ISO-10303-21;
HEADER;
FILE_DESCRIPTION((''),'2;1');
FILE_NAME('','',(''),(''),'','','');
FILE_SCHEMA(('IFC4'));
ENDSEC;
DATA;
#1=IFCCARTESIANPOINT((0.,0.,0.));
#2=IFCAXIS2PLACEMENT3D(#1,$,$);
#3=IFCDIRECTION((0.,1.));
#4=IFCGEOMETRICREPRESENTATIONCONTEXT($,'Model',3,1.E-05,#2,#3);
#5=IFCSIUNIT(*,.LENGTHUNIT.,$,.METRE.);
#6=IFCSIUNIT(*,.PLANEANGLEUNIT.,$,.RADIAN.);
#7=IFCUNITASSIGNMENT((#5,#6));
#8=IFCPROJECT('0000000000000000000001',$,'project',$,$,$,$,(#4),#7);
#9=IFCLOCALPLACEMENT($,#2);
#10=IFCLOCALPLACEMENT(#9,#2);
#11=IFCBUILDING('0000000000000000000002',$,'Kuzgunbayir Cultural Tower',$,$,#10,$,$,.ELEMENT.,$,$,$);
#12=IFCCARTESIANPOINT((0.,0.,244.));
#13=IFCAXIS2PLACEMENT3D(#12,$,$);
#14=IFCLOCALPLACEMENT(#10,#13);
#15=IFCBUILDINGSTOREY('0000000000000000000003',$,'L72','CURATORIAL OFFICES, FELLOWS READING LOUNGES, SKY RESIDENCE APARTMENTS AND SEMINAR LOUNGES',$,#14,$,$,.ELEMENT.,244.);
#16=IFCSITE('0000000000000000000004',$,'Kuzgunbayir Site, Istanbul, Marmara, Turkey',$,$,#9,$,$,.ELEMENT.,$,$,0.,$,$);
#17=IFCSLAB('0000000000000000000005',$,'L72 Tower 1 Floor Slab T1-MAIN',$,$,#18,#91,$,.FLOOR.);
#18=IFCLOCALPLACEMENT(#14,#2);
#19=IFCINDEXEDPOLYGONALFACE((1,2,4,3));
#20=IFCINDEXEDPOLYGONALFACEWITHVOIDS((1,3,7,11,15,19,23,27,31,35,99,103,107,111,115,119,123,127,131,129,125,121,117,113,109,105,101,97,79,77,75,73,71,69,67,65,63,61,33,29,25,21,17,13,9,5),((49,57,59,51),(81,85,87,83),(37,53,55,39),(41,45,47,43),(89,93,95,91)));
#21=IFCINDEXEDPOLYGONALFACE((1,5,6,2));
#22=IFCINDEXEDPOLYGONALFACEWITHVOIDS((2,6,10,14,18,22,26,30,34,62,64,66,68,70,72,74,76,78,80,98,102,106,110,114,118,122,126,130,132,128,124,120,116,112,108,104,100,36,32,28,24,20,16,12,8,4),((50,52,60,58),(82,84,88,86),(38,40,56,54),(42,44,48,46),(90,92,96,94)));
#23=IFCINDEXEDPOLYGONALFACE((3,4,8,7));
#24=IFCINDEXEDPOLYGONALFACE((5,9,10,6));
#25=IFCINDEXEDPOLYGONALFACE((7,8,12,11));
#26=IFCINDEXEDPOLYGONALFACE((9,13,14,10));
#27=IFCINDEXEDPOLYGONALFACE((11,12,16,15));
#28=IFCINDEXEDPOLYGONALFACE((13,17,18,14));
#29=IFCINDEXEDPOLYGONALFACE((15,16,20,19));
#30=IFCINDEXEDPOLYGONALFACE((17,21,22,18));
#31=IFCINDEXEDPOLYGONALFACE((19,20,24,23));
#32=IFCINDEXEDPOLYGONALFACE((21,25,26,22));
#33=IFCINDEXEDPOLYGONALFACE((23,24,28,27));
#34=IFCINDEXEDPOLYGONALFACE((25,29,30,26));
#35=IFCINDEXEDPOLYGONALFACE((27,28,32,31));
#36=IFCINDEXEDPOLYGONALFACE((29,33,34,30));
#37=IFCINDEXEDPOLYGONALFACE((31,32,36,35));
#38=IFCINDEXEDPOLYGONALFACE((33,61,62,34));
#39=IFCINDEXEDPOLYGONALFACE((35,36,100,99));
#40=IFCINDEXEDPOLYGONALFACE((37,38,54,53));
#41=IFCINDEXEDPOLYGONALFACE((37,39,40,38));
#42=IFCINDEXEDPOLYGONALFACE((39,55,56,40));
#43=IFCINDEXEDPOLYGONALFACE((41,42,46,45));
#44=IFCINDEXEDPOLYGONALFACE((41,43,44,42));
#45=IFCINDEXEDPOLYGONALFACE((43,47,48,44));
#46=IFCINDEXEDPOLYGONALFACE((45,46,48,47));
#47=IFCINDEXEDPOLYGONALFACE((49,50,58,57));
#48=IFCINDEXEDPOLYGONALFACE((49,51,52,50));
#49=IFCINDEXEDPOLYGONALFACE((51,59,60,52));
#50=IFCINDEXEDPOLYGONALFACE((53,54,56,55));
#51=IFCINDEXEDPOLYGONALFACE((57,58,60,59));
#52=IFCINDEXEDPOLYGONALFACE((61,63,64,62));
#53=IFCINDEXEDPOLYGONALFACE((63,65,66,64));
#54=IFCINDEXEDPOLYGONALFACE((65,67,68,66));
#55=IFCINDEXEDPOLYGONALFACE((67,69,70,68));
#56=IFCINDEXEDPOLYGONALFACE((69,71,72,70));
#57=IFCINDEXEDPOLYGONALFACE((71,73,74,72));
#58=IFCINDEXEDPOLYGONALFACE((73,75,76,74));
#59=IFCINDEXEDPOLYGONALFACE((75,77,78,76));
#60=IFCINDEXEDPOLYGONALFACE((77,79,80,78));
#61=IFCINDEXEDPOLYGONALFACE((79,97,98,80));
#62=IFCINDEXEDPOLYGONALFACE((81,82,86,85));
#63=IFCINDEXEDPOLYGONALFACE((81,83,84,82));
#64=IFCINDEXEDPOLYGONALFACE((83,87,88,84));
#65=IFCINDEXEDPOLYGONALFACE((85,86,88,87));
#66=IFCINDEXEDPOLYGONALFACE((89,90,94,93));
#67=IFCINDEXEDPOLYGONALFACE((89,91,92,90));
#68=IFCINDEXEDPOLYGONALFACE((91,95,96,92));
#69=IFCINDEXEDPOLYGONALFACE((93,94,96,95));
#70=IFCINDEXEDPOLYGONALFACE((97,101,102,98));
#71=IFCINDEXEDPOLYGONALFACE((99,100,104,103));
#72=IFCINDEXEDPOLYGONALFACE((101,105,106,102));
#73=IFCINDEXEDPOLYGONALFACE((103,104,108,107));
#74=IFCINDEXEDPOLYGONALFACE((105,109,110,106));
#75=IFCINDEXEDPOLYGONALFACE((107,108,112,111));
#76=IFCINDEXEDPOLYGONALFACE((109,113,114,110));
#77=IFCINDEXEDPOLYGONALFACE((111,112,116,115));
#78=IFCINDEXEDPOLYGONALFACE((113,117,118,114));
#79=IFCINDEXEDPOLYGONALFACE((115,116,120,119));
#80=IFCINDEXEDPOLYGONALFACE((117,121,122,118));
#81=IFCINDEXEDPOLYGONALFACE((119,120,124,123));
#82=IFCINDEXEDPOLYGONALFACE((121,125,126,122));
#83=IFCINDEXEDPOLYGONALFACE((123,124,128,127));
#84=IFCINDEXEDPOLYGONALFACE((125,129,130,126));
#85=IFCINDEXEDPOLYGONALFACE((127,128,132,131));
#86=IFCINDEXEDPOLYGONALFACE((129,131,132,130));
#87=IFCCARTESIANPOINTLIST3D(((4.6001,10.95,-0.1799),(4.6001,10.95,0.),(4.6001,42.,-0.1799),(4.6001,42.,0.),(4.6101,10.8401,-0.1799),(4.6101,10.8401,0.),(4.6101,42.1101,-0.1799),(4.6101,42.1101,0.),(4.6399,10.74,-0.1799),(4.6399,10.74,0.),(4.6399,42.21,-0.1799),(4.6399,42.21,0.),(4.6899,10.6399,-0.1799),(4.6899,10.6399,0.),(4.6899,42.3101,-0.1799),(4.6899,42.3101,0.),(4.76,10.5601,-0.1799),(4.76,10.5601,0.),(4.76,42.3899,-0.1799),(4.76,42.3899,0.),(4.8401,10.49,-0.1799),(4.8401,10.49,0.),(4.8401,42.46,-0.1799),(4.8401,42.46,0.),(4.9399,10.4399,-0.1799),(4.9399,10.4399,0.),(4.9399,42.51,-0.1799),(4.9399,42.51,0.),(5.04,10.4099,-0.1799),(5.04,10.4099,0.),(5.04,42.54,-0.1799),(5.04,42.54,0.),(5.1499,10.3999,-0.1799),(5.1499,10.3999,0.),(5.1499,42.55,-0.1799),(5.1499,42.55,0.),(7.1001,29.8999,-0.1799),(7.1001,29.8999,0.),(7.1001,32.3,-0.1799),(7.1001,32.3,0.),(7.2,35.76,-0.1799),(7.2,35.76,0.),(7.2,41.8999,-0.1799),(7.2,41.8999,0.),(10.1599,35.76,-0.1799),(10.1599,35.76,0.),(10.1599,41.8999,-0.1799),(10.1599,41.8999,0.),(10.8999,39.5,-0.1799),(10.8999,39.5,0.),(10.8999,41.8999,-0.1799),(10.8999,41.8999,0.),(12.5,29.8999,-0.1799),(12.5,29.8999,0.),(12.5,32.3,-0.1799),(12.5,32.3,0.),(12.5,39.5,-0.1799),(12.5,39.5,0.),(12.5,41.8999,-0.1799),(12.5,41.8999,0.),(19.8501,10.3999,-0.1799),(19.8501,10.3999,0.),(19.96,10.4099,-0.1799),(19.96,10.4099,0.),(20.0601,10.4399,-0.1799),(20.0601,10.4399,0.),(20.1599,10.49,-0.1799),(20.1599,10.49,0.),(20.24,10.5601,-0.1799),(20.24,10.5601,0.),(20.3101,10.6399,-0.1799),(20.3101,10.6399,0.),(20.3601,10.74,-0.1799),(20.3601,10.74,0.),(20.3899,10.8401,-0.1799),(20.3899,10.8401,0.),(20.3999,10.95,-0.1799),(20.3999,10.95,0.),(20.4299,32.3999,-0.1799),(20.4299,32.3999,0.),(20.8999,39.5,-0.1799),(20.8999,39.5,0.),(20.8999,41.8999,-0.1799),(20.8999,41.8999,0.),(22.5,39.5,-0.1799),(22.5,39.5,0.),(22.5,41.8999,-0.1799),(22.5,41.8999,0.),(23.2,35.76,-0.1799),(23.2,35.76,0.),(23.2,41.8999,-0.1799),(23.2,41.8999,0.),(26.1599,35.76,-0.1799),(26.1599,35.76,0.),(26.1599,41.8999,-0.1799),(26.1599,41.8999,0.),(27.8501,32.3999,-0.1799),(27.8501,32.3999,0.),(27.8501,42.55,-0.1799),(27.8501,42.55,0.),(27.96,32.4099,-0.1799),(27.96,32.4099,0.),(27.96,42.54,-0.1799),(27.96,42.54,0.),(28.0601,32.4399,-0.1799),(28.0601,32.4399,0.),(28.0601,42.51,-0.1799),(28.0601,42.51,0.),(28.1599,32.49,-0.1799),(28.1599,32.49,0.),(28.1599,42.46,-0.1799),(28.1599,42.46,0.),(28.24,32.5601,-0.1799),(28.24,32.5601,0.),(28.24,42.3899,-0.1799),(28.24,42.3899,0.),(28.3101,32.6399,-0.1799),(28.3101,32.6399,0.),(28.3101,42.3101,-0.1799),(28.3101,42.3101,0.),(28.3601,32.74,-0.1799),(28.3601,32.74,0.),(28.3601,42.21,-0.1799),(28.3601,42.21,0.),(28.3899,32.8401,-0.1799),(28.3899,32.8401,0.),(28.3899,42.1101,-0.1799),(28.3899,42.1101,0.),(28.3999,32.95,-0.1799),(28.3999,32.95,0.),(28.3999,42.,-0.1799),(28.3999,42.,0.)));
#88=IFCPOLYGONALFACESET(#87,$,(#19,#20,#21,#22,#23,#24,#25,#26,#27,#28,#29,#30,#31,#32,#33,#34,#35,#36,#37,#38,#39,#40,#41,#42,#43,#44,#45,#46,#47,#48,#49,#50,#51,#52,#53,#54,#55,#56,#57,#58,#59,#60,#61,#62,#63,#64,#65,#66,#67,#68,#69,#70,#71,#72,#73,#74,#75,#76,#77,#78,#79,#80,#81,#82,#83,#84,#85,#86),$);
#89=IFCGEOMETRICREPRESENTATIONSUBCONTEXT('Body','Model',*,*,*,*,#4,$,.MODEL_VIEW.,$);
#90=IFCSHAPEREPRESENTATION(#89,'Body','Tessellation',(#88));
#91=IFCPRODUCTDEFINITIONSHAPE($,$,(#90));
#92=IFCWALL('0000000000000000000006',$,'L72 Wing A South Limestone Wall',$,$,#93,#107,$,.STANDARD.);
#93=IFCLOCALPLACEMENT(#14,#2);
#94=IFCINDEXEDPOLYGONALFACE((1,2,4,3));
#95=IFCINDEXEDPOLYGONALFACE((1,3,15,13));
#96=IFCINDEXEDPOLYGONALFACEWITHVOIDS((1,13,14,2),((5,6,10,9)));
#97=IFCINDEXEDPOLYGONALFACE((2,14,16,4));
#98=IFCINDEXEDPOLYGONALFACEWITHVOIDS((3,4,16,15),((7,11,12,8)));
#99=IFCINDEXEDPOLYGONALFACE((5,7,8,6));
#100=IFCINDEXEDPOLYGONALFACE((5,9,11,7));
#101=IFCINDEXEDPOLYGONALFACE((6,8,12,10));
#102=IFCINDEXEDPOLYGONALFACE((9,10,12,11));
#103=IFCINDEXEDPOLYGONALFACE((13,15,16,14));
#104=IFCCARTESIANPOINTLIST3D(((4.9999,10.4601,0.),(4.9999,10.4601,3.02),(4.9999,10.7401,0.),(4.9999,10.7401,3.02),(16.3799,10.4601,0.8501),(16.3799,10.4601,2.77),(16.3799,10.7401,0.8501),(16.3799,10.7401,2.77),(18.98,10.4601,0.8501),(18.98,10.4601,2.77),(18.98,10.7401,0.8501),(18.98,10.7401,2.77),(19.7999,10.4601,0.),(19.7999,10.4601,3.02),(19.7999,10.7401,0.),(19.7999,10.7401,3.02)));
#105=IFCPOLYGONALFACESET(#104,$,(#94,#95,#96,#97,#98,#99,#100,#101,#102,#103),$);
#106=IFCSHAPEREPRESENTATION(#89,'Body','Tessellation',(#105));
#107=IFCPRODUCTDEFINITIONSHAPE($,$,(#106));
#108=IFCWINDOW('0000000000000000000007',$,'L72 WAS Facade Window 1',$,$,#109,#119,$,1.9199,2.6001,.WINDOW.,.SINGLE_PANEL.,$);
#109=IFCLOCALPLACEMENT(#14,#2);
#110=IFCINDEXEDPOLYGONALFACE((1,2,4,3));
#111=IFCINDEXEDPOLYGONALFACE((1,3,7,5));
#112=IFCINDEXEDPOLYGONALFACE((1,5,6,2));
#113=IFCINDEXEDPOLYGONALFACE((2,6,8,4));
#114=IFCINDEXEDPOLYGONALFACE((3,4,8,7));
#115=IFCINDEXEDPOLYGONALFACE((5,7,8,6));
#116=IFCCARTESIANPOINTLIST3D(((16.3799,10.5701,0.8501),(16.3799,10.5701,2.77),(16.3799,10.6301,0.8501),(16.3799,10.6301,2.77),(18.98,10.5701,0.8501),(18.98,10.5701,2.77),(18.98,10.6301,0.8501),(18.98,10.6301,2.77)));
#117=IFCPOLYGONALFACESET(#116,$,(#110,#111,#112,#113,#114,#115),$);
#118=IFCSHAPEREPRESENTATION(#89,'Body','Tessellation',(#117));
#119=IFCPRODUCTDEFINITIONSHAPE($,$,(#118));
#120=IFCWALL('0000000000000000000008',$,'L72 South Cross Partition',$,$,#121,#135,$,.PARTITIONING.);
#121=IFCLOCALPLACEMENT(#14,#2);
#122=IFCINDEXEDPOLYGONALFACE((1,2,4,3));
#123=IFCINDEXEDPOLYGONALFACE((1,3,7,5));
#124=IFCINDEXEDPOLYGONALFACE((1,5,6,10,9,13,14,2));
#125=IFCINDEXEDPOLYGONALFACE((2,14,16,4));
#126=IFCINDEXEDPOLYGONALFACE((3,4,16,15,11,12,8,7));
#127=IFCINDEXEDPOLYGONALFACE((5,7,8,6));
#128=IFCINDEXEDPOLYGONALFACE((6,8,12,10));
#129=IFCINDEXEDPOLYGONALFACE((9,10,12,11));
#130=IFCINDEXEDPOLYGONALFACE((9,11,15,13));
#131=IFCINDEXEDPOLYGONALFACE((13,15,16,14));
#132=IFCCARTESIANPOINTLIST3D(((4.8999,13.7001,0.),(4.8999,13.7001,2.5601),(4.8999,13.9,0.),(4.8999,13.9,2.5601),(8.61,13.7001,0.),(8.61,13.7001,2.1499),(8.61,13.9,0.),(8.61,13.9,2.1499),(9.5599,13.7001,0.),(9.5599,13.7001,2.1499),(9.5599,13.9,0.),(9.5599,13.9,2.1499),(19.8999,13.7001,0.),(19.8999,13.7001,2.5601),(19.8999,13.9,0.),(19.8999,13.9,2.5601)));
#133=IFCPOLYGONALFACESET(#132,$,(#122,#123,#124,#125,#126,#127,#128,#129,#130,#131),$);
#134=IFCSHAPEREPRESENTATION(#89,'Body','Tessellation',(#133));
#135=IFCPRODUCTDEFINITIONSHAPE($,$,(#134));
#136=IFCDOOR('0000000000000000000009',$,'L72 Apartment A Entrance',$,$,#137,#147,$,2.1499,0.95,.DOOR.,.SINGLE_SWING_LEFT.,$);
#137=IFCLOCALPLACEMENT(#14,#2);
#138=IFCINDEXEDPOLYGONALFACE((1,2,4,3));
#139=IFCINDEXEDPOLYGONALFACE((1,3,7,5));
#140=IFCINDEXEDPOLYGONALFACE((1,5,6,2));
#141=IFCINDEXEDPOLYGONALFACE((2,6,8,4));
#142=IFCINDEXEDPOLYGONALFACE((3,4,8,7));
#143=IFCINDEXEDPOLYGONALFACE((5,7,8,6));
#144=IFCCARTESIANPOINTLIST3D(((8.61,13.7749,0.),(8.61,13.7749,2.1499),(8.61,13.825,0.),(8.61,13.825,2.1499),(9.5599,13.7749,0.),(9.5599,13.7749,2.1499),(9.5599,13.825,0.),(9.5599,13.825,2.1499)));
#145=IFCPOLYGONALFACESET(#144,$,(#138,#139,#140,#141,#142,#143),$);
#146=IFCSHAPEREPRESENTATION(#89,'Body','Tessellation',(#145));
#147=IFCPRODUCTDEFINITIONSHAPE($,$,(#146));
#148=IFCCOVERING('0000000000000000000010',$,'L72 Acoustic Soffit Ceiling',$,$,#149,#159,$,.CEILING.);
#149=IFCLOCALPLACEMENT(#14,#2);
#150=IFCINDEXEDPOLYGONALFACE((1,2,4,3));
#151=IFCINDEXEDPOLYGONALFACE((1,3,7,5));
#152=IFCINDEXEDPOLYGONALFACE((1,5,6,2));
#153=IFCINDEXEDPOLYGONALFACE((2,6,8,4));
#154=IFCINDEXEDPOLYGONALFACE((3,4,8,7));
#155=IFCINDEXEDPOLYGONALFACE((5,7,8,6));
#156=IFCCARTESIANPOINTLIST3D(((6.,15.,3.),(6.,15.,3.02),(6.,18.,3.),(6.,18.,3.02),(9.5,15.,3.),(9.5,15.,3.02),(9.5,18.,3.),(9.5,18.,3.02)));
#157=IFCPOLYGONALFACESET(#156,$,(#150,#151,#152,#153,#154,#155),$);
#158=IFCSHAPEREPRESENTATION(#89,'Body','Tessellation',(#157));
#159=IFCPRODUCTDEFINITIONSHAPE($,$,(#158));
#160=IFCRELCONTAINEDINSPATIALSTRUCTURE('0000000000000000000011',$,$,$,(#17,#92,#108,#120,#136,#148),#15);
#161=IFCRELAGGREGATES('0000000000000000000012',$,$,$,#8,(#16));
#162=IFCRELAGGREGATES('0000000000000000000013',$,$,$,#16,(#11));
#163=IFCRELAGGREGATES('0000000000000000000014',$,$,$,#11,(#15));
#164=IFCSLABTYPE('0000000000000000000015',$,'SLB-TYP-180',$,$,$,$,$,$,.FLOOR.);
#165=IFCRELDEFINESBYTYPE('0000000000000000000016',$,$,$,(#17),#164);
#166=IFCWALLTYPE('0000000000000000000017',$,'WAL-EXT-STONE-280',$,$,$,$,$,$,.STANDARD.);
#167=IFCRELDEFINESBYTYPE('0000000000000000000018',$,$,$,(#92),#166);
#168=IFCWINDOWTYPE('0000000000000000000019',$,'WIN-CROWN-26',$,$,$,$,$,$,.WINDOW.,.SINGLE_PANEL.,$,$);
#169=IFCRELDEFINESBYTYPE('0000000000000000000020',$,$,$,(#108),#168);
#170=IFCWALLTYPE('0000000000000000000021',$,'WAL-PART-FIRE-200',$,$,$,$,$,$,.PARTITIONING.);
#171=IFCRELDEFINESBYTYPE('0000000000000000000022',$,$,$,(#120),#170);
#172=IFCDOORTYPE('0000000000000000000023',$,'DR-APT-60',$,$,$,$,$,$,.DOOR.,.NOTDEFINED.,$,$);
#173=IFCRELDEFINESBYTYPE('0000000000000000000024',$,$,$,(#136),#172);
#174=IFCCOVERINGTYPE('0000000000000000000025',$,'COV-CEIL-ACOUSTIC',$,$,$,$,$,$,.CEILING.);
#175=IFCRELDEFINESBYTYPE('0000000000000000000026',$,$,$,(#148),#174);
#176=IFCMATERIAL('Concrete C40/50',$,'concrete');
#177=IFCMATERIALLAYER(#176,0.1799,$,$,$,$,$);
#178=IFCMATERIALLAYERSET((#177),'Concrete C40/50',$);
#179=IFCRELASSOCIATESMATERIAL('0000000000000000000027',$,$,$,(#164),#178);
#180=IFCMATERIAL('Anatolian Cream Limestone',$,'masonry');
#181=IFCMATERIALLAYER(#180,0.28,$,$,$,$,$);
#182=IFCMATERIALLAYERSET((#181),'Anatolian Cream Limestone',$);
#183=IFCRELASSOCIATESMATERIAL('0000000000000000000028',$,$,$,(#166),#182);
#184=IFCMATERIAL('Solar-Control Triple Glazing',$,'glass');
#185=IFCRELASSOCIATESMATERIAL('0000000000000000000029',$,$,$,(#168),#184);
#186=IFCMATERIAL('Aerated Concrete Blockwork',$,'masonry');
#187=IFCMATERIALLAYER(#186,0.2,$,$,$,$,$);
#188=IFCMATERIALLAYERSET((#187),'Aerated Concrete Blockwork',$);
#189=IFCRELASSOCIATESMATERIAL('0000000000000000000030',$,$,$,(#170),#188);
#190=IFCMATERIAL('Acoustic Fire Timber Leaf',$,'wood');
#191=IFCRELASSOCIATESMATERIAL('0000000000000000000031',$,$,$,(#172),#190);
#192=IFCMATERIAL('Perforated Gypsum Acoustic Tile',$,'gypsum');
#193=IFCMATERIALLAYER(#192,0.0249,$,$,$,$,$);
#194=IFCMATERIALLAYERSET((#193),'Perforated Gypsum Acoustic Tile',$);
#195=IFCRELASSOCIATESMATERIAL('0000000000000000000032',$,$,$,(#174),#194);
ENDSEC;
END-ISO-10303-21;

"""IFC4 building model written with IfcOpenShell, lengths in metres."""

from ifc_helpers import new_model, si_unit, direction, frame, frame_2d, origin, place, context, subcontext, project, spatial, polyline, rectangle, outline, extrude, material, layer, layer_set, type_object, element, fill, save


model = new_model("IFC4")

# Units and contexts
model_context = context("Model", 3, precision=1e-05, world=origin(), true_north=direction((0.0, 1.0)))
body_context = subcontext(model_context, "Body", "Model", "MODEL_VIEW")
ifc_project = project(units=[si_unit("LENGTHUNIT", "METRE"), si_unit("PLANEANGLEUNIT", "RADIAN")], contexts=[model_context])

# Site, building, storey
site_placement = place(None, origin())
site = spatial("IfcSite", under=ifc_project, at=site_placement, Name="Kuzgunbayir Site, Istanbul, Marmara, Turkey", CompositionType="ELEMENT", RefElevation=0.0)
building_placement = place(site_placement, origin())
building = spatial("IfcBuilding", under=site, at=building_placement, Name="Kuzgunbayir Cultural Tower", CompositionType="ELEMENT")
storey_placement = place(building_placement, frame((0.0, 0.0, 244.0)))
storey = spatial("IfcBuildingStorey", under=building, at=storey_placement, Name="L72", Description="CURATORIAL OFFICES, FELLOWS READING LOUNGES, SKY RESIDENCE APARTMENTS AND SEMINAR LOUNGES", CompositionType="ELEMENT", Elevation=244.0)

# Shared definitions
ifc_material_1 = material(Name="Concrete C40/50", Category="concrete")

# Slab
ifc_layer_1 = layer(ifc_material_1, 0.1799)
ifc_layer_set_1 = layer_set([ifc_layer_1], Name="Concrete C40/50")
slab_type_1 = type_object("IfcSlabType", Name="SLB-TYP-180", PredefinedType="FLOOR", material=ifc_layer_set_1)
slab_1_placement = place(storey_placement, frame((0.0, 0.0, -0.1799)))
element("IfcSlab", 1, at=slab_1_placement, inside=storey, type_object=slab_type_1, Name="L72 Tower 1 Floor Slab T1-MAIN", PredefinedType="FLOOR", context=body_context, shape_type="SweptSolid", body=[
    extrude(outline(polyline([(20.3999, 10.95), (20.3899, 10.8401), (20.3601, 10.74), (20.3101, 10.6399), (20.24, 10.5601), (20.1599, 10.49), (20.0601, 10.4399), (19.96, 10.4099), (19.8501, 10.3999), (5.1499, 10.3999), (5.04, 10.4099), (4.9399, 10.4399), (4.8401, 10.49), (4.76, 10.5601), (4.6899, 10.6399), (4.6399, 10.74), (4.6101, 10.8401), (4.6001, 10.95), (4.6001, 42.0), (4.6101, 42.1101), (4.6399, 42.21), (4.6899, 42.3101), (4.76, 42.3899), (4.8401, 42.46), (4.9399, 42.51), (5.04, 42.54), (5.1499, 42.55), (27.8501, 42.55), (27.96, 42.54), (28.0601, 42.51), (28.1599, 42.46), (28.24, 42.3899), (28.3101, 42.3101), (28.3601, 42.21), (28.3899, 42.1101), (28.3999, 42.0), (28.3999, 32.95), (28.3899, 32.8401), (28.3601, 32.74), (28.3101, 32.6399), (28.24, 32.5601), (28.1599, 32.49), (28.0601, 32.4399), (27.96, 32.4099), (27.8501, 32.3999), (20.4299, 32.3999), (20.3999, 10.95)]), holes=[polyline([(7.2, 35.76), (7.2, 41.8999), (10.1599, 41.8999), (10.1599, 35.76), (7.2, 35.76)]), polyline([(23.2, 35.76), (23.2, 41.8999), (26.1599, 41.8999), (26.1599, 35.76), (23.2, 35.76)]), polyline([(7.1001, 29.8999), (7.1001, 32.3), (12.5, 32.3), (12.5, 29.8999), (7.1001, 29.8999)]), polyline([(10.8999, 39.5), (10.8999, 41.8999), (12.5, 41.8999), (12.5, 39.5), (10.8999, 39.5)]), polyline([(20.8999, 39.5), (20.8999, 41.8999), (22.5, 41.8999), (22.5, 39.5), (20.8999, 39.5)])]), origin(), (0.0, 0.0, 1.0), 0.1799),
])

# Wall, opening, window
ifc_material_2 = material(Name="Anatolian Cream Limestone", Category="masonry")
ifc_layer_2 = layer(ifc_material_2, 0.28)
ifc_layer_set_2 = layer_set([ifc_layer_2], Name="Anatolian Cream Limestone")
wall_type_1 = type_object("IfcWallType", Name="WAL-EXT-STONE-280", PredefinedType="STANDARD", material=ifc_layer_set_2)
wall_1_placement = place(storey_placement, frame((5.0, 10.6001, 0.0), z_axis=(0.0, 0.0, 1.0), x_axis=(1.0, 0.0, 0.0)))
wall_1 = element("IfcWall", 2, at=wall_1_placement, inside=storey, type_object=wall_type_1, Name="L72 Wing A South Limestone Wall", PredefinedType="STANDARD", context=body_context, shape_type="SweptSolid", body=[
    extrude(rectangle(XDim=14.8, YDim=0.28, at=frame_2d((7.3999, 0.0))), origin(), (0.0, 0.0, 1.0), 3.02),
])
opening_1_placement = place(wall_1_placement, frame((11.3799, 0.0, 0.8501)))
opening_1 = element("IfcOpeningElement", 3, at=opening_1_placement, cuts=wall_1, PredefinedType="OPENING", context=body_context, shape_type="SweptSolid", body=[
    extrude(rectangle(XDim=2.6001, YDim=1.9199, at=frame_2d((1.3, 0.96))), frame((0.0, 0.1499, 0.0), z_axis=(0.0, -1.0, 0.0), x_axis=(1.0, 0.0, 0.0)), (0.0, 0.0, 1.0), 0.3),
])
ifc_material_3 = material(Name="Solar-Control Triple Glazing", Category="glass")
window_type = type_object("IfcWindowType", Name="WIN-CROWN-26", PartitioningType="SINGLE_PANEL", PredefinedType="WINDOW", material=ifc_material_3)
window_placement = place(opening_1_placement, origin())
window = element("IfcWindow", 4, at=window_placement, inside=storey, type_object=window_type, Name="L72 WAS Facade Window 1", OverallHeight=1.9199, OverallWidth=2.6001, PartitioningType="SINGLE_PANEL", PredefinedType="WINDOW", context=body_context, shape_type="SweptSolid", body=[
    extrude(rectangle(XDim=2.6001, YDim=1.9199, at=frame_2d((1.3, 0.96))), frame((0.0, 0.03, 0.0), z_axis=(0.0, -1.0, 0.0), x_axis=(1.0, 0.0, 0.0)), (0.0, 0.0, 1.0), 0.0601),
])
fill(opening_1, window)

# Wall, opening, door
ifc_material_4 = material(Name="Aerated Concrete Blockwork", Category="masonry")
ifc_layer_3 = layer(ifc_material_4, 0.2)
ifc_layer_set_3 = layer_set([ifc_layer_3], Name="Aerated Concrete Blockwork")
wall_type_2 = type_object("IfcWallType", Name="WAL-PART-FIRE-200", PredefinedType="PARTITIONING", material=ifc_layer_set_3)
wall_2_placement = place(storey_placement, frame((4.8999, 13.8, 0.0), z_axis=(0.0, 0.0, 1.0), x_axis=(1.0, 0.0, 0.0)))
wall_2 = element("IfcWall", 5, at=wall_2_placement, inside=storey, type_object=wall_type_2, Name="L72 South Cross Partition", PredefinedType="PARTITIONING", context=body_context, shape_type="SweptSolid", body=[
    extrude(rectangle(XDim=15.0, YDim=0.2, at=frame_2d((7.5, 0.0))), origin(), (0.0, 0.0, 1.0), 2.5601),
])
opening_2_placement = place(wall_2_placement, frame((3.71, 0.0, 0.0)))
opening_2 = element("IfcOpeningElement", 6, at=opening_2_placement, cuts=wall_2, PredefinedType="OPENING", context=body_context, shape_type="SweptSolid", body=[
    extrude(rectangle(XDim=0.95, YDim=2.1499, at=frame_2d((0.4751, 1.075))), frame((0.0, 0.1099, 0.0), z_axis=(0.0, -1.0, 0.0), x_axis=(1.0, 0.0, 0.0)), (0.0, 0.0, 1.0), 0.22),
])
ifc_material_5 = material(Name="Acoustic Fire Timber Leaf", Category="wood")
door_type = type_object("IfcDoorType", Name="DR-APT-60", OperationType="NOTDEFINED", PredefinedType="DOOR", material=ifc_material_5)
door_placement = place(opening_2_placement, origin())
door = element("IfcDoor", 7, at=door_placement, inside=storey, type_object=door_type, Name="L72 Apartment A Entrance", OperationType="SINGLE_SWING_LEFT", OverallHeight=2.1499, OverallWidth=0.95, PredefinedType="DOOR", context=body_context, shape_type="SweptSolid", body=[
    extrude(rectangle(XDim=0.95, YDim=2.1499, at=frame_2d((0.4751, 1.075))), frame((0.0, 0.0249, 0.0), z_axis=(0.0, -1.0, 0.0), x_axis=(1.0, 0.0, 0.0)), (0.0, 0.0, 1.0), 0.05),
])
fill(opening_2, door)

# Covering
ifc_material_6 = material(Name="Perforated Gypsum Acoustic Tile", Category="gypsum")
ifc_layer_4 = layer(ifc_material_6, 0.0249)
ifc_layer_set_4 = layer_set([ifc_layer_4], Name="Perforated Gypsum Acoustic Tile")
covering_type_1 = type_object("IfcCoveringType", Name="COV-CEIL-ACOUSTIC", PredefinedType="CEILING", material=ifc_layer_set_4)
covering_1_placement = place(storey_placement, frame((0.0, 0.0, 3.0)))
element("IfcCovering", 8, at=covering_1_placement, inside=storey, type_object=covering_type_1, Name="L72 Acoustic Soffit Ceiling", PredefinedType="CEILING", context=body_context, shape_type="SweptSolid", body=[
    extrude(outline(polyline([(6.0, 15.0), (9.5, 15.0), (9.5, 18.0), (6.0, 18.0), (6.0, 15.0)])), origin(), (0.0, 0.0, 1.0), 0.02),
])

save(model, "model.ifc")
